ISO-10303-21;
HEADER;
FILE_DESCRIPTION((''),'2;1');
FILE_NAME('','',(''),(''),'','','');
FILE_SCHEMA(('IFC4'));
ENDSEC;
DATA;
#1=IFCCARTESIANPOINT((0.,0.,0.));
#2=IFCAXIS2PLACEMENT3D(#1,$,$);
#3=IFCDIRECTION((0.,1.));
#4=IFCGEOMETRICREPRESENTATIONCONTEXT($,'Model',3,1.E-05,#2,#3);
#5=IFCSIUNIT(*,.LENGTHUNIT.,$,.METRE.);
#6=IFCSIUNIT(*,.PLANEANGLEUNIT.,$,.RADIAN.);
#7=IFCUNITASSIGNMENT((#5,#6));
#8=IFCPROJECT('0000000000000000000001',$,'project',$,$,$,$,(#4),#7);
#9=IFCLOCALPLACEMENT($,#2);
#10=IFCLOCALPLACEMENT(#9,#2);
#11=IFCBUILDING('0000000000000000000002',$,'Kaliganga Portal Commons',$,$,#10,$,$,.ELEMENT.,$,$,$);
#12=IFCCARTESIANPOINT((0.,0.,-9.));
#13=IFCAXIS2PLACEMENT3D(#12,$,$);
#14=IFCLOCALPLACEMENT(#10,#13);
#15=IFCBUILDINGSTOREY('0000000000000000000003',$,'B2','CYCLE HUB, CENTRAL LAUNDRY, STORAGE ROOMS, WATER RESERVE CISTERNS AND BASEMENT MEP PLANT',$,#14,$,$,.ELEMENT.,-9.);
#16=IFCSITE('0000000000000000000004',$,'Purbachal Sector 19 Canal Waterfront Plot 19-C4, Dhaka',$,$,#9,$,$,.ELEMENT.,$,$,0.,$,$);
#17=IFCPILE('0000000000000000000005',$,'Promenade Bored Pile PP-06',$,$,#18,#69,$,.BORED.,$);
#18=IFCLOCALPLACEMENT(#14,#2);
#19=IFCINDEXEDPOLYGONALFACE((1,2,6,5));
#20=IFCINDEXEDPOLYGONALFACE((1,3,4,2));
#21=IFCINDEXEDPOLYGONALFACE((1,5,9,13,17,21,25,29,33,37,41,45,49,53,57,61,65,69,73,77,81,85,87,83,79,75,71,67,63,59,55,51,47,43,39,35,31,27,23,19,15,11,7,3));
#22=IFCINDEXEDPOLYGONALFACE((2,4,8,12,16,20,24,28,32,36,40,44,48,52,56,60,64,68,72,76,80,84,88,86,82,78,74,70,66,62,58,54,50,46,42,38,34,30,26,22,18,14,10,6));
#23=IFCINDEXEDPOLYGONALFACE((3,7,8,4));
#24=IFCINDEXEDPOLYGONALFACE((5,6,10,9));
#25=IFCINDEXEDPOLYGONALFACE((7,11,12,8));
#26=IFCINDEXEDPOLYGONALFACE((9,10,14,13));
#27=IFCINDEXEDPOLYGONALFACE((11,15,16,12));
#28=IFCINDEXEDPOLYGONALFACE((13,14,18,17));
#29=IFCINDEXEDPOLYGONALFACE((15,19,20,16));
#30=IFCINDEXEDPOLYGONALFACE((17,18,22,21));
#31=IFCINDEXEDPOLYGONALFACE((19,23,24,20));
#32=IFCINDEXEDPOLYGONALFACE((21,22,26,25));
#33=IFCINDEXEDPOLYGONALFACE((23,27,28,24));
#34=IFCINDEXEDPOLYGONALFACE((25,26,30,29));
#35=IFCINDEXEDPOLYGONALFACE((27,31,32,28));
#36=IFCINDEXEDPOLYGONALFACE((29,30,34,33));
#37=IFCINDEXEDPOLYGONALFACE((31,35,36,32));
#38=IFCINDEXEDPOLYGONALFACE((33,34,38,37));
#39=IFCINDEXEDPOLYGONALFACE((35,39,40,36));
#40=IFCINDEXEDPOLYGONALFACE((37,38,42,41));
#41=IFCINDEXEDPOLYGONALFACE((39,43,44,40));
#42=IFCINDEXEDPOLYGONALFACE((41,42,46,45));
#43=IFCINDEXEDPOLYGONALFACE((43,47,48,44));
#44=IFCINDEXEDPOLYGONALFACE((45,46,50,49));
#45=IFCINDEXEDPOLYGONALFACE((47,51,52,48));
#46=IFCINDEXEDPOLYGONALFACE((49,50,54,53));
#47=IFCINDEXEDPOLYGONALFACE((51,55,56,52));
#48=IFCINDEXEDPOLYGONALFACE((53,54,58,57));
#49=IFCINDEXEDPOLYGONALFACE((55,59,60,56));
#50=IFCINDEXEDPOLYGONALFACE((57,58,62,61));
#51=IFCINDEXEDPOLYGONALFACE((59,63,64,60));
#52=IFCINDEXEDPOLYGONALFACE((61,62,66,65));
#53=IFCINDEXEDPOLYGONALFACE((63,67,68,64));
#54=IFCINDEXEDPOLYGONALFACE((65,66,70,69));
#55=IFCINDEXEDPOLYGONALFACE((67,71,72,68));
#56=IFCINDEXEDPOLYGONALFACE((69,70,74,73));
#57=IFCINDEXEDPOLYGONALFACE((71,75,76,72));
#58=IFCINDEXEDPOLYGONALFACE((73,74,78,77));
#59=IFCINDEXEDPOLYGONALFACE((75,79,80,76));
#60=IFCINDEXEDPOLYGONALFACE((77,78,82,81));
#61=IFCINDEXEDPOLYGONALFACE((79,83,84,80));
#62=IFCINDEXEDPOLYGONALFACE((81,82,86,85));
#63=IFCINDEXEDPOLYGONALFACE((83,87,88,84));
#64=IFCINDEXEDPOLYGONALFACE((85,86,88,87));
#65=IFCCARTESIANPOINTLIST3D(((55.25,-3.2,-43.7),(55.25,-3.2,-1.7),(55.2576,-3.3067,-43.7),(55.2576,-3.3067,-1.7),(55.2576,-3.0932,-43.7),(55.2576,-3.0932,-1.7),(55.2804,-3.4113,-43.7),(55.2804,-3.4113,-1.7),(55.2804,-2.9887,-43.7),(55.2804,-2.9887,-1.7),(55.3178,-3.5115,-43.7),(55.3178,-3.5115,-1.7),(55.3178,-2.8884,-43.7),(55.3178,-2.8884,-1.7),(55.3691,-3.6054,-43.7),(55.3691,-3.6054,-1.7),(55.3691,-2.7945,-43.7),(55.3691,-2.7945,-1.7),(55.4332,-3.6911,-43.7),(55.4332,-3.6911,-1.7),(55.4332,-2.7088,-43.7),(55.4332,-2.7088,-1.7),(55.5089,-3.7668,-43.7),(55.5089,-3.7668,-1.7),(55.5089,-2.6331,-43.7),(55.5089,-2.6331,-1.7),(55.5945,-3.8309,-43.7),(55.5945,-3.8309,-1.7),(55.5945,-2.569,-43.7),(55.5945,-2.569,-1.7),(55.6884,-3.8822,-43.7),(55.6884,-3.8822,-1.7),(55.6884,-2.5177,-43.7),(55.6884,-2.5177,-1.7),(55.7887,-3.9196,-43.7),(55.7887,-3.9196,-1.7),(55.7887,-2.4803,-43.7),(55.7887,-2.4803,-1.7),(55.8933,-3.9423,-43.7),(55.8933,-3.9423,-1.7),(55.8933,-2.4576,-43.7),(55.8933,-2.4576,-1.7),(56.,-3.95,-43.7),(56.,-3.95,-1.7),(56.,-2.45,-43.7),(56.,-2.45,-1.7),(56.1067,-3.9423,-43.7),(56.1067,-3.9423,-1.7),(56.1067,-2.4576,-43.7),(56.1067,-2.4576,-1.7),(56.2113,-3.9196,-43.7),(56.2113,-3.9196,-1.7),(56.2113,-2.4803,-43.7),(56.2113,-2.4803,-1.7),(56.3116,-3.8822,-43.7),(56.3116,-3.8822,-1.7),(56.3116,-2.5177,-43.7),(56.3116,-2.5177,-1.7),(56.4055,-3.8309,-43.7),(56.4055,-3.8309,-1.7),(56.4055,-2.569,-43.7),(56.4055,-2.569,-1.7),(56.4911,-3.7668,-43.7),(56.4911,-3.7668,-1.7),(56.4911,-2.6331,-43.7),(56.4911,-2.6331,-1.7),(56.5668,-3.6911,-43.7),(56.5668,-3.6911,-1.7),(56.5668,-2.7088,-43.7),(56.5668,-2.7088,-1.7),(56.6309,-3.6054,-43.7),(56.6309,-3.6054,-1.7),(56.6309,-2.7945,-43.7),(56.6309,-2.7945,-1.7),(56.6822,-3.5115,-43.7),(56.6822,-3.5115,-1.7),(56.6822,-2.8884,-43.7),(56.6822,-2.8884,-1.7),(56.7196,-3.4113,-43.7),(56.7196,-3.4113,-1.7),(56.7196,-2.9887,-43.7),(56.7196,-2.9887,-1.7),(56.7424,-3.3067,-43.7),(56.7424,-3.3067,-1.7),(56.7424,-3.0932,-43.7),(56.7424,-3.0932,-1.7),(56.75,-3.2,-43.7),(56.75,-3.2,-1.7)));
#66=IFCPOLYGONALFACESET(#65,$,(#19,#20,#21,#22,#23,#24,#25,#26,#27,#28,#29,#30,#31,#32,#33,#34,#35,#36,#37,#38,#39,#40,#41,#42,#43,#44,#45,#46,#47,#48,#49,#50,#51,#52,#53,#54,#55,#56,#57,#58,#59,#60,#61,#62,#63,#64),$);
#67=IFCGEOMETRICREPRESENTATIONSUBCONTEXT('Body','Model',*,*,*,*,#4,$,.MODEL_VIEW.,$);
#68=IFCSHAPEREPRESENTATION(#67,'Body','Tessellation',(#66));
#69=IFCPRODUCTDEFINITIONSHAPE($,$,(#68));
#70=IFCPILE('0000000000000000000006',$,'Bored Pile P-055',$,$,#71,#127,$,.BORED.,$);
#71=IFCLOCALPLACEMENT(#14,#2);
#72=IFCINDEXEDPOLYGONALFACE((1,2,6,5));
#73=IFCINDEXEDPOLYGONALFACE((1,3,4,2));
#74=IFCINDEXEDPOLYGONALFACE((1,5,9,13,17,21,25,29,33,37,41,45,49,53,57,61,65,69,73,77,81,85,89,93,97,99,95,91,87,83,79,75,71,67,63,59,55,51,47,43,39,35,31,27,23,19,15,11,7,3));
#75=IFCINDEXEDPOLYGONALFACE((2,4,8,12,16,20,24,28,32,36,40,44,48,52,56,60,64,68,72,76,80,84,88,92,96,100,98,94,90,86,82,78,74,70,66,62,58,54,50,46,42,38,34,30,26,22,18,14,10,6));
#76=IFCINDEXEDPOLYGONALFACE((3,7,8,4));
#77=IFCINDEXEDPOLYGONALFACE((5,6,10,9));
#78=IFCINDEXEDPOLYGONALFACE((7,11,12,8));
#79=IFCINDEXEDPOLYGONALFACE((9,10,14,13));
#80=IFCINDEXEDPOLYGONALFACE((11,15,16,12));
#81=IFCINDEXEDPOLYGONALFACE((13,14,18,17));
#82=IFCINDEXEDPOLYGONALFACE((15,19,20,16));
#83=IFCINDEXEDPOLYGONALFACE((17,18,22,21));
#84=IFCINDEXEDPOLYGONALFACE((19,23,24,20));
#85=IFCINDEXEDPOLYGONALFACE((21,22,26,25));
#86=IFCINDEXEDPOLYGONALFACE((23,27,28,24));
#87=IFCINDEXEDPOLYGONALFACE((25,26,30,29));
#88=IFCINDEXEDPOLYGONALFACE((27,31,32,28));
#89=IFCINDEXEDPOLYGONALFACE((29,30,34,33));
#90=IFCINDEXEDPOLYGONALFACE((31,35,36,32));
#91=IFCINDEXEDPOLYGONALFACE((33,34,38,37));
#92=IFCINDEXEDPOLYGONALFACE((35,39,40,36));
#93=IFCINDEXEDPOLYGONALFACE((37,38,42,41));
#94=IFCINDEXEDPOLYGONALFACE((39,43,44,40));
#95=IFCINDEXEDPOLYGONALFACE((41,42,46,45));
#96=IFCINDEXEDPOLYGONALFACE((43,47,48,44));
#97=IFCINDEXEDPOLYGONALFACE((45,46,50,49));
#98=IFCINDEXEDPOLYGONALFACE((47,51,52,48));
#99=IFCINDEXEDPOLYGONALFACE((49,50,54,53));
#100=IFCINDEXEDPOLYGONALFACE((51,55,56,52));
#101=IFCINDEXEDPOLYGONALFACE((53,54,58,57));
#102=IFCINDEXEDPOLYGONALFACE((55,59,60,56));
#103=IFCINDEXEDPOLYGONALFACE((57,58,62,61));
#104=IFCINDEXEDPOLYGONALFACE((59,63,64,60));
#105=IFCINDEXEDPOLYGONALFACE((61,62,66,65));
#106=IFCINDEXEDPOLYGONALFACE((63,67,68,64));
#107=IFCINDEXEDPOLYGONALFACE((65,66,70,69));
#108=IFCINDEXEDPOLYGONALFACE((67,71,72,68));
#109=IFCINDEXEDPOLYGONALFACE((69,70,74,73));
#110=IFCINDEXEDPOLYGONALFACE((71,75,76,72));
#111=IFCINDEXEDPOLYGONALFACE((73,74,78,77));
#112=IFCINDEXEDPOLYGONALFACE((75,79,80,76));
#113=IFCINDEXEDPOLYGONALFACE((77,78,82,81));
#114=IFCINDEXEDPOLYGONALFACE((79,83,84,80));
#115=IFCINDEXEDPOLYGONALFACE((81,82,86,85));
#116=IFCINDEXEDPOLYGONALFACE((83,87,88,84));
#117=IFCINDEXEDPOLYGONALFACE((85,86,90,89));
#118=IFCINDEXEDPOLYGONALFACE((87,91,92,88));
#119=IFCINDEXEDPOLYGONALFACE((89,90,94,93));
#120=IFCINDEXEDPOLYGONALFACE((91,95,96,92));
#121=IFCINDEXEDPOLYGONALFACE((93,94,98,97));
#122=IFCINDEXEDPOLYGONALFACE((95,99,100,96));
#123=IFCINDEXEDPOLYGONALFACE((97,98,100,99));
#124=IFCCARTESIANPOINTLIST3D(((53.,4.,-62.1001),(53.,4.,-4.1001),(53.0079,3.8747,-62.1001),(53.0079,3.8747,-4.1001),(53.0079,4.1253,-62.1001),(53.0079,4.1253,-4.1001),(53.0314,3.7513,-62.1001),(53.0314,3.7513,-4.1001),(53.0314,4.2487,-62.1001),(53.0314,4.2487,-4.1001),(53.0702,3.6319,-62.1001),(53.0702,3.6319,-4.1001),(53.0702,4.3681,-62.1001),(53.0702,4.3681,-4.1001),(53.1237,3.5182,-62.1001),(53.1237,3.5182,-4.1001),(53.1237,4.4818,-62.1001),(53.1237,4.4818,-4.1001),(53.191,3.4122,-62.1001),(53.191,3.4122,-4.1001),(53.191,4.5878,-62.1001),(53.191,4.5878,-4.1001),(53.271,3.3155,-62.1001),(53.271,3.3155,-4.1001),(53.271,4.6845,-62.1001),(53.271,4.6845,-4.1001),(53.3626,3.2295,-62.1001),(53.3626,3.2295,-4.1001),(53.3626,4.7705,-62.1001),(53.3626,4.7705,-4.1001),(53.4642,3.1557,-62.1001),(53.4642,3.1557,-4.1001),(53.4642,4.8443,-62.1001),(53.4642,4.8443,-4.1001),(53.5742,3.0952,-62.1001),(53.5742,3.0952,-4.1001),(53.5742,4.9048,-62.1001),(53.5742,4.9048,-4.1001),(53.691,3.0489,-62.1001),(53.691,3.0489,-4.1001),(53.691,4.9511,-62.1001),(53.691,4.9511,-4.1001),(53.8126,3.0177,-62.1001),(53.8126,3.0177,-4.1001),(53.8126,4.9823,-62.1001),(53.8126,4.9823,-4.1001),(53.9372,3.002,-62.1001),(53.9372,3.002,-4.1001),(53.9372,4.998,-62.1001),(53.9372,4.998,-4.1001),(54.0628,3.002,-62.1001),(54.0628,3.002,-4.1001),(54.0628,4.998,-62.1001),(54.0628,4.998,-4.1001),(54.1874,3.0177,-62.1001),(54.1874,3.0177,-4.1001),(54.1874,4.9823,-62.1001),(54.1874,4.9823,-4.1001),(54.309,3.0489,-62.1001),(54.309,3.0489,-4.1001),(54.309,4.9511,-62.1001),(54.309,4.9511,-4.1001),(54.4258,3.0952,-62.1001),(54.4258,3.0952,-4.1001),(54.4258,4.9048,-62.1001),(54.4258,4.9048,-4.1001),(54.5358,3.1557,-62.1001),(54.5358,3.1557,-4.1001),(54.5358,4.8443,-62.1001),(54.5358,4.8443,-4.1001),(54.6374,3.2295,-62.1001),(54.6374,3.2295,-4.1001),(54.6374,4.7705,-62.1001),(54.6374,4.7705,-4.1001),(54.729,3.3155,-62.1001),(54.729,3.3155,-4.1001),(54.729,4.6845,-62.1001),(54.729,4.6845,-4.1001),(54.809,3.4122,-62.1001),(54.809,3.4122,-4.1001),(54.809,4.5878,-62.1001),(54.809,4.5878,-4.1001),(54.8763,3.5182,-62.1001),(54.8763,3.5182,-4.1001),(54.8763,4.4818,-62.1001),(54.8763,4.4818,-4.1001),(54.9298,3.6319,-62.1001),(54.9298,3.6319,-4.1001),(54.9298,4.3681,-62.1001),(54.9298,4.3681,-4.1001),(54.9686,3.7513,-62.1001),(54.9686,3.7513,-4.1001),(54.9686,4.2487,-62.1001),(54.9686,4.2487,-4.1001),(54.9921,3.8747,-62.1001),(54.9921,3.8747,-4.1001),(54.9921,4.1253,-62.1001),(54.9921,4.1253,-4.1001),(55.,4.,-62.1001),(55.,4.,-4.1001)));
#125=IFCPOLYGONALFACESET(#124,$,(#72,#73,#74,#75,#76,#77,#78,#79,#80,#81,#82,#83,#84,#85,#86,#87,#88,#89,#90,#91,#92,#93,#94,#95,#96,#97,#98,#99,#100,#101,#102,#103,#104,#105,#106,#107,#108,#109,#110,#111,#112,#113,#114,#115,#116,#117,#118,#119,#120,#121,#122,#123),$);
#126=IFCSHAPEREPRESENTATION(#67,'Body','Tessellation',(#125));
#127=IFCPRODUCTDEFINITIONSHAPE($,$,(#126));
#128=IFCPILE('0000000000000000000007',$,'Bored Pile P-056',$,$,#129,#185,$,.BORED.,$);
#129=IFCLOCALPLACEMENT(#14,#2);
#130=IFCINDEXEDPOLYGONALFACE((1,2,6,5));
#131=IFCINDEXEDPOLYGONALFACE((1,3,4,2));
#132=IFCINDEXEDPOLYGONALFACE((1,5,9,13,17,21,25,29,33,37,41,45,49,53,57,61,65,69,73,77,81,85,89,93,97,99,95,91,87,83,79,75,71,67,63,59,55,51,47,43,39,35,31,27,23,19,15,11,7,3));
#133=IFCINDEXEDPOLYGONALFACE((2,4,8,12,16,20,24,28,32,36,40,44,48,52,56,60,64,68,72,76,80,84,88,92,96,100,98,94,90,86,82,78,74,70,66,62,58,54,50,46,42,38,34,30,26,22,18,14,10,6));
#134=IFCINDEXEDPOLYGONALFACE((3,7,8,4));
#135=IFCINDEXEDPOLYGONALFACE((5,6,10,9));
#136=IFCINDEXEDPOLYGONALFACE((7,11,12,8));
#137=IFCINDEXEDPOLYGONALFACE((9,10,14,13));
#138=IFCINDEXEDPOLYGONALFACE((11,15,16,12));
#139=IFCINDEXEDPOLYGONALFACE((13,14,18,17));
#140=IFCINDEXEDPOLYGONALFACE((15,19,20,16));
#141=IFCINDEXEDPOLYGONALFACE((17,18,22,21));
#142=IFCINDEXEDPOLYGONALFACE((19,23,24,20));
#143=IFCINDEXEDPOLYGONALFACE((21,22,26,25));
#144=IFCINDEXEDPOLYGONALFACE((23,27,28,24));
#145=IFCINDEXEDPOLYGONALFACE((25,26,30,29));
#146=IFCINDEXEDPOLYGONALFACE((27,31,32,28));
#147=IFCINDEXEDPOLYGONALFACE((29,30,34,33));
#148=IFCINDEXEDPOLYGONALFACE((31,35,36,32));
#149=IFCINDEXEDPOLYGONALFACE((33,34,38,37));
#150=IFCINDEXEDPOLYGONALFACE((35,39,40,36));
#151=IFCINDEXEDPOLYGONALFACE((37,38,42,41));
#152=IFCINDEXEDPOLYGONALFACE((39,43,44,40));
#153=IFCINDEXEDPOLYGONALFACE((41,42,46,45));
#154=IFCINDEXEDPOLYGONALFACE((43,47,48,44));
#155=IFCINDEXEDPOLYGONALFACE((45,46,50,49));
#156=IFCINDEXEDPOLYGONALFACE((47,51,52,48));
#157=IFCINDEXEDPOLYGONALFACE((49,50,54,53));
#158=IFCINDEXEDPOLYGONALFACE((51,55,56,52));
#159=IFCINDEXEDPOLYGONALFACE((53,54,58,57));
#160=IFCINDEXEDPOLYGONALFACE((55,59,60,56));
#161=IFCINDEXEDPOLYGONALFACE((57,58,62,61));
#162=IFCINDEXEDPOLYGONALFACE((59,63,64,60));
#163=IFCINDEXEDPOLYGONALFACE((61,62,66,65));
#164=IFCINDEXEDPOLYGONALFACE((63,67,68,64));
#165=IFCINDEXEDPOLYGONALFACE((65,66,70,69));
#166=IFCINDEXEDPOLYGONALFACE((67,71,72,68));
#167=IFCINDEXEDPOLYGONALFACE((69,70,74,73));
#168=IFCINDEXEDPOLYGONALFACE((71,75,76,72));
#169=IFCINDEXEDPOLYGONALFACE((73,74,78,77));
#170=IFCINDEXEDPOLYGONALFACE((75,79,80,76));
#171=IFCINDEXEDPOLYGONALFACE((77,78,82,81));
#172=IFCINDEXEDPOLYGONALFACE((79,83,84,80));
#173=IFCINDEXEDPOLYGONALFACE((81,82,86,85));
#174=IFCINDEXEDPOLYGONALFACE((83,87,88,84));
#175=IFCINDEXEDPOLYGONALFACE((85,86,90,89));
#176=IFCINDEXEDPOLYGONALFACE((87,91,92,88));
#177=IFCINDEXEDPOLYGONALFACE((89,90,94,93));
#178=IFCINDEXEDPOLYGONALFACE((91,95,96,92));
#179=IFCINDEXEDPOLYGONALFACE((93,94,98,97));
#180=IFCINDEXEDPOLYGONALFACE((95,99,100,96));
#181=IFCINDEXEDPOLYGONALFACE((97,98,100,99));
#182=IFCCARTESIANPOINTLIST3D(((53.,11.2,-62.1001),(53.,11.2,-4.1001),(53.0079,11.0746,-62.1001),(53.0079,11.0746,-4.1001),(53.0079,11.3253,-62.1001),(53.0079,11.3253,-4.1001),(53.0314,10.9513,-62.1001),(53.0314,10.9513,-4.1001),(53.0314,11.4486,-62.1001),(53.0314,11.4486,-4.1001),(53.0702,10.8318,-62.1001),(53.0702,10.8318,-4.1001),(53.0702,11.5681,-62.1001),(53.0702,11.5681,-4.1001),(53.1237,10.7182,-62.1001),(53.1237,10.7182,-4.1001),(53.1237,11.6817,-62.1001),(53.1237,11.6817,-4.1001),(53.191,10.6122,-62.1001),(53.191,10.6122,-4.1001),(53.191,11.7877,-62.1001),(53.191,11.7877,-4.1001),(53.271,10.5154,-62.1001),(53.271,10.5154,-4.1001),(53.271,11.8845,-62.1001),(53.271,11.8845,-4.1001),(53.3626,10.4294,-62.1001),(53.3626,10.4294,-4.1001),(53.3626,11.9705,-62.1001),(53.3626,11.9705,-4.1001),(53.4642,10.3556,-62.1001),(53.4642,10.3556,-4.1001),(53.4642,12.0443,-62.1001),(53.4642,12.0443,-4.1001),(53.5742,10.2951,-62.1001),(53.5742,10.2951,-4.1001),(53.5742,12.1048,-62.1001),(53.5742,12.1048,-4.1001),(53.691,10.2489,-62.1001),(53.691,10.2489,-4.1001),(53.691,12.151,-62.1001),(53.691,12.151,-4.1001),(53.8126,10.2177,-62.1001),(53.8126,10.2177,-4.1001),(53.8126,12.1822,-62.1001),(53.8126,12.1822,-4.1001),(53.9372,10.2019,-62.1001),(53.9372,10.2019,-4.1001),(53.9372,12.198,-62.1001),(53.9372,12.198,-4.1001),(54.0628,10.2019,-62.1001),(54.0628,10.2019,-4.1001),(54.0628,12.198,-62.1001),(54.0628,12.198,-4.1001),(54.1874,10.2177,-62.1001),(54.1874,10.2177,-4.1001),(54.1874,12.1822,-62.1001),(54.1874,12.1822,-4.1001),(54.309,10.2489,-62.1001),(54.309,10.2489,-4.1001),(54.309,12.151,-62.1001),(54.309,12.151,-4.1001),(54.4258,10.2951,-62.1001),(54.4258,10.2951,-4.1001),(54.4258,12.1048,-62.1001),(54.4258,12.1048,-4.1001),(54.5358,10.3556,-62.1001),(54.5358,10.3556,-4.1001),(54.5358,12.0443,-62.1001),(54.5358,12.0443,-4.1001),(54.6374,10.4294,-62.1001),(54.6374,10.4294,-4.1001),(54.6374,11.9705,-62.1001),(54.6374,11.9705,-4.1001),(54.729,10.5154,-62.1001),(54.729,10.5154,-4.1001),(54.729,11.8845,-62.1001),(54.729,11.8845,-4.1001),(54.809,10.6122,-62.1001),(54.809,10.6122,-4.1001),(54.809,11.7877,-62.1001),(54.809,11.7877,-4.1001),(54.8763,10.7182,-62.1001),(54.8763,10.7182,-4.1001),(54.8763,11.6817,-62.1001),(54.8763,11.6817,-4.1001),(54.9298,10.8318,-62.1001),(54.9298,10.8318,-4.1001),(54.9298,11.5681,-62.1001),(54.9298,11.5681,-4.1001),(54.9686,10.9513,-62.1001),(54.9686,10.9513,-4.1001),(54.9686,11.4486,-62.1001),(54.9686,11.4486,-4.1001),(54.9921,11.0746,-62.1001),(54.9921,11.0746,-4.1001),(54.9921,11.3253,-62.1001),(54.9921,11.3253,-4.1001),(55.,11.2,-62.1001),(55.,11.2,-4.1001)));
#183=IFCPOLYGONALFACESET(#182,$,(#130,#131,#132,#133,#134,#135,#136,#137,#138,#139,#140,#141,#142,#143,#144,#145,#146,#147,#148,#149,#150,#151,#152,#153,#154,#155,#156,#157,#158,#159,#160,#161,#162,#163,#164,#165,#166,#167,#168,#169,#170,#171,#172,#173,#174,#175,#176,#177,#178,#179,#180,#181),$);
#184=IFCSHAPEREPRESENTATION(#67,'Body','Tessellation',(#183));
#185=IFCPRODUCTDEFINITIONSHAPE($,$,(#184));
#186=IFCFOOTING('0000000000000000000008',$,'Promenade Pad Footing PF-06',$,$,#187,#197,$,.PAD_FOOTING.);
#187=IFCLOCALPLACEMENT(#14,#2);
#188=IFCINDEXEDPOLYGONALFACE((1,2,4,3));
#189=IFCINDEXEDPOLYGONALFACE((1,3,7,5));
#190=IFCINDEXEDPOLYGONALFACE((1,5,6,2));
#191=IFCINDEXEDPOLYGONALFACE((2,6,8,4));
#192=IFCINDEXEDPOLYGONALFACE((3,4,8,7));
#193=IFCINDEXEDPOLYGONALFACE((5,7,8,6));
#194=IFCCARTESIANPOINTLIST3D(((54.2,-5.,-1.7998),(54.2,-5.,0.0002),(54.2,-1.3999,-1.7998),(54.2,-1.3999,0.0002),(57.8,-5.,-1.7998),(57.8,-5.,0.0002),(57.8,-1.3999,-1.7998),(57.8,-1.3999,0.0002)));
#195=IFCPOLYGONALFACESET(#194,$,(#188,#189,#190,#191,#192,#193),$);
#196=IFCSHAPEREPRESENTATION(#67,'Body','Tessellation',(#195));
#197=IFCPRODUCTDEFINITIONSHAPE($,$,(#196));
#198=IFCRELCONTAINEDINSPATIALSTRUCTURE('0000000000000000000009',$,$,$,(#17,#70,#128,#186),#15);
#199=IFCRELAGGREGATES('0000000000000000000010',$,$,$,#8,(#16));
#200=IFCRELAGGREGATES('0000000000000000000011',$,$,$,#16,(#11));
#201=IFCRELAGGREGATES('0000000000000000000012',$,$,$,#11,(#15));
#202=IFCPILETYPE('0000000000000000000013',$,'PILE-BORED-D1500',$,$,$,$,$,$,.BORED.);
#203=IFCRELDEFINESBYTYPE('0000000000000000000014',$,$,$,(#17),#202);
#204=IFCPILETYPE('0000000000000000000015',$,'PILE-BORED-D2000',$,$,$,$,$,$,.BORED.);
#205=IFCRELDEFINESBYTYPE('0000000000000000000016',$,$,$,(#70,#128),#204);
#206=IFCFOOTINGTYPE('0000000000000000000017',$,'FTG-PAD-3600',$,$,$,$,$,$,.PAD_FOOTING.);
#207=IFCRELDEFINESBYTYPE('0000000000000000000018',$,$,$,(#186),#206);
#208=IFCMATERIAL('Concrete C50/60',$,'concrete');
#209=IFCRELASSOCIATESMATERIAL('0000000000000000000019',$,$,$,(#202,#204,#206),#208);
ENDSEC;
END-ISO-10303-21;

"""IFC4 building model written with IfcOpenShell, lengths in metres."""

from ifc_helpers import new_model, si_unit, direction, frame, origin, origin_2d, place, context, subcontext, project, spatial, rectangle, circle, extrude, source, transform, mapped, material, material_profile, profile_set, type_object, element, save


model = new_model("IFC4")

# Units and contexts
model_context = context("Model", 3, precision=1e-05, world=origin(), true_north=direction((0.0, 1.0)))
body_context = subcontext(model_context, "Body", "Model", "MODEL_VIEW")
ifc_project = project(units=[si_unit("LENGTHUNIT", "METRE"), si_unit("PLANEANGLEUNIT", "RADIAN")], contexts=[model_context])

# Site, building, storey
site_placement = place(None, origin())
site = spatial("IfcSite", under=ifc_project, at=site_placement, Name="Purbachal Sector 19 Canal Waterfront Plot 19-C4, Dhaka", CompositionType="ELEMENT", RefElevation=0.0)
building_placement = place(site_placement, origin())
building = spatial("IfcBuilding", under=site, at=building_placement, Name="Kaliganga Portal Commons", CompositionType="ELEMENT")
storey_placement = place(building_placement, frame((0.0, 0.0, -9.0)))
storey = spatial("IfcBuildingStorey", under=building, at=storey_placement, Name="B2", Description="CYCLE HUB, CENTRAL LAUNDRY, STORAGE ROOMS, WATER RESERVE CISTERNS AND BASEMENT MEP PLANT", CompositionType="ELEMENT", Elevation=-9.0)

# Piles
ifc_material_1 = material(Name="Concrete C50/60", Category="concrete")
ifc_material_profile_1 = material_profile(ifc_material_1, circle(Radius=0.75, at=origin_2d()), Name="PILE D1500")
ifc_profile_set_1 = profile_set([ifc_material_profile_1], Name="Concrete C50/60")
pile_type_1 = type_object("IfcPileType", Name="PILE-BORED-D1500", PredefinedType="BORED", material=ifc_profile_set_1)
pile_placement = place(storey_placement, frame((56.0, -3.2, -1.7), z_axis=(0.0, 0.0, -1.0), x_axis=(1.0, 0.0, 0.0)))
element("IfcPile", 1, at=pile_placement, inside=storey, type_object=pile_type_1, Name="Promenade Bored Pile PP-06", PredefinedType="BORED", context=body_context, shape_type="SweptSolid", body=[
    extrude(circle(Radius=0.75, at=origin_2d()), origin(), (0.0, 0.0, 1.0), 42.0),
])
ifc_material_profile_2 = material_profile(ifc_material_1, circle(Radius=1.0, at=origin_2d()), Name="PILE D2000")
ifc_profile_set_2 = profile_set([ifc_material_profile_2], Name="Concrete C50/60")
pile_type_2 = type_object("IfcPileType", Name="PILE-BORED-D2000", PredefinedType="BORED", material=ifc_profile_set_2)
for number, where, z_axis, x_axis, name in (
    (2, (54.0, 4.0, -4.1001), (0.0, 0.0, -1.0), (1.0, 0.0, 0.0), "Bored Pile P-055"),
    (3, (54.0, 11.2, -4.1001), (0.0, 0.0, -1.0), (1.0, 0.0, 0.0), "Bored Pile P-056"),
):
    element("IfcPile", number, at=place(storey_placement, frame(where, z_axis=z_axis, x_axis=x_axis)), inside=storey, type_object=pile_type_2, Name=name, PredefinedType="BORED", context=body_context, shape_type="SweptSolid", body=[
        extrude(circle(Radius=1.0, at=origin_2d()), origin(), (0.0, 0.0, 1.0), 58.0),
    ])

# Footing
footing_type = type_object("IfcFootingType", Name="FTG-PAD-3600", PredefinedType="PAD_FOOTING", material=ifc_material_1)
shared_shape_1 = source(origin(), body_context, "Body", "SweptSolid", [
    extrude(rectangle(XDim=3.6001, YDim=3.6001, at=origin_2d()), origin(), (0.0, 0.0, 1.0), 1.8),
])
footing_placement = place(storey_placement, frame((56.0, -3.2, -1.7998), z_axis=(0.0, 0.0, 1.0), x_axis=(1.0, 0.0, 0.0)))
element("IfcFooting", 4, at=footing_placement, inside=storey, type_object=footing_type, Name="Promenade Pad Footing PF-06", PredefinedType="PAD_FOOTING", context=body_context, shape_type="MappedRepresentation", body=[
    mapped(shared_shape_1, transform((0.0, 0.0, 0.0), x_axis=(1.0, 0.0, 0.0), y_axis=(0.0, 1.0, 0.0), z_axis=(0.0, 0.0, 1.0), scale=1.0)),
])

save(model, "model.ifc")
